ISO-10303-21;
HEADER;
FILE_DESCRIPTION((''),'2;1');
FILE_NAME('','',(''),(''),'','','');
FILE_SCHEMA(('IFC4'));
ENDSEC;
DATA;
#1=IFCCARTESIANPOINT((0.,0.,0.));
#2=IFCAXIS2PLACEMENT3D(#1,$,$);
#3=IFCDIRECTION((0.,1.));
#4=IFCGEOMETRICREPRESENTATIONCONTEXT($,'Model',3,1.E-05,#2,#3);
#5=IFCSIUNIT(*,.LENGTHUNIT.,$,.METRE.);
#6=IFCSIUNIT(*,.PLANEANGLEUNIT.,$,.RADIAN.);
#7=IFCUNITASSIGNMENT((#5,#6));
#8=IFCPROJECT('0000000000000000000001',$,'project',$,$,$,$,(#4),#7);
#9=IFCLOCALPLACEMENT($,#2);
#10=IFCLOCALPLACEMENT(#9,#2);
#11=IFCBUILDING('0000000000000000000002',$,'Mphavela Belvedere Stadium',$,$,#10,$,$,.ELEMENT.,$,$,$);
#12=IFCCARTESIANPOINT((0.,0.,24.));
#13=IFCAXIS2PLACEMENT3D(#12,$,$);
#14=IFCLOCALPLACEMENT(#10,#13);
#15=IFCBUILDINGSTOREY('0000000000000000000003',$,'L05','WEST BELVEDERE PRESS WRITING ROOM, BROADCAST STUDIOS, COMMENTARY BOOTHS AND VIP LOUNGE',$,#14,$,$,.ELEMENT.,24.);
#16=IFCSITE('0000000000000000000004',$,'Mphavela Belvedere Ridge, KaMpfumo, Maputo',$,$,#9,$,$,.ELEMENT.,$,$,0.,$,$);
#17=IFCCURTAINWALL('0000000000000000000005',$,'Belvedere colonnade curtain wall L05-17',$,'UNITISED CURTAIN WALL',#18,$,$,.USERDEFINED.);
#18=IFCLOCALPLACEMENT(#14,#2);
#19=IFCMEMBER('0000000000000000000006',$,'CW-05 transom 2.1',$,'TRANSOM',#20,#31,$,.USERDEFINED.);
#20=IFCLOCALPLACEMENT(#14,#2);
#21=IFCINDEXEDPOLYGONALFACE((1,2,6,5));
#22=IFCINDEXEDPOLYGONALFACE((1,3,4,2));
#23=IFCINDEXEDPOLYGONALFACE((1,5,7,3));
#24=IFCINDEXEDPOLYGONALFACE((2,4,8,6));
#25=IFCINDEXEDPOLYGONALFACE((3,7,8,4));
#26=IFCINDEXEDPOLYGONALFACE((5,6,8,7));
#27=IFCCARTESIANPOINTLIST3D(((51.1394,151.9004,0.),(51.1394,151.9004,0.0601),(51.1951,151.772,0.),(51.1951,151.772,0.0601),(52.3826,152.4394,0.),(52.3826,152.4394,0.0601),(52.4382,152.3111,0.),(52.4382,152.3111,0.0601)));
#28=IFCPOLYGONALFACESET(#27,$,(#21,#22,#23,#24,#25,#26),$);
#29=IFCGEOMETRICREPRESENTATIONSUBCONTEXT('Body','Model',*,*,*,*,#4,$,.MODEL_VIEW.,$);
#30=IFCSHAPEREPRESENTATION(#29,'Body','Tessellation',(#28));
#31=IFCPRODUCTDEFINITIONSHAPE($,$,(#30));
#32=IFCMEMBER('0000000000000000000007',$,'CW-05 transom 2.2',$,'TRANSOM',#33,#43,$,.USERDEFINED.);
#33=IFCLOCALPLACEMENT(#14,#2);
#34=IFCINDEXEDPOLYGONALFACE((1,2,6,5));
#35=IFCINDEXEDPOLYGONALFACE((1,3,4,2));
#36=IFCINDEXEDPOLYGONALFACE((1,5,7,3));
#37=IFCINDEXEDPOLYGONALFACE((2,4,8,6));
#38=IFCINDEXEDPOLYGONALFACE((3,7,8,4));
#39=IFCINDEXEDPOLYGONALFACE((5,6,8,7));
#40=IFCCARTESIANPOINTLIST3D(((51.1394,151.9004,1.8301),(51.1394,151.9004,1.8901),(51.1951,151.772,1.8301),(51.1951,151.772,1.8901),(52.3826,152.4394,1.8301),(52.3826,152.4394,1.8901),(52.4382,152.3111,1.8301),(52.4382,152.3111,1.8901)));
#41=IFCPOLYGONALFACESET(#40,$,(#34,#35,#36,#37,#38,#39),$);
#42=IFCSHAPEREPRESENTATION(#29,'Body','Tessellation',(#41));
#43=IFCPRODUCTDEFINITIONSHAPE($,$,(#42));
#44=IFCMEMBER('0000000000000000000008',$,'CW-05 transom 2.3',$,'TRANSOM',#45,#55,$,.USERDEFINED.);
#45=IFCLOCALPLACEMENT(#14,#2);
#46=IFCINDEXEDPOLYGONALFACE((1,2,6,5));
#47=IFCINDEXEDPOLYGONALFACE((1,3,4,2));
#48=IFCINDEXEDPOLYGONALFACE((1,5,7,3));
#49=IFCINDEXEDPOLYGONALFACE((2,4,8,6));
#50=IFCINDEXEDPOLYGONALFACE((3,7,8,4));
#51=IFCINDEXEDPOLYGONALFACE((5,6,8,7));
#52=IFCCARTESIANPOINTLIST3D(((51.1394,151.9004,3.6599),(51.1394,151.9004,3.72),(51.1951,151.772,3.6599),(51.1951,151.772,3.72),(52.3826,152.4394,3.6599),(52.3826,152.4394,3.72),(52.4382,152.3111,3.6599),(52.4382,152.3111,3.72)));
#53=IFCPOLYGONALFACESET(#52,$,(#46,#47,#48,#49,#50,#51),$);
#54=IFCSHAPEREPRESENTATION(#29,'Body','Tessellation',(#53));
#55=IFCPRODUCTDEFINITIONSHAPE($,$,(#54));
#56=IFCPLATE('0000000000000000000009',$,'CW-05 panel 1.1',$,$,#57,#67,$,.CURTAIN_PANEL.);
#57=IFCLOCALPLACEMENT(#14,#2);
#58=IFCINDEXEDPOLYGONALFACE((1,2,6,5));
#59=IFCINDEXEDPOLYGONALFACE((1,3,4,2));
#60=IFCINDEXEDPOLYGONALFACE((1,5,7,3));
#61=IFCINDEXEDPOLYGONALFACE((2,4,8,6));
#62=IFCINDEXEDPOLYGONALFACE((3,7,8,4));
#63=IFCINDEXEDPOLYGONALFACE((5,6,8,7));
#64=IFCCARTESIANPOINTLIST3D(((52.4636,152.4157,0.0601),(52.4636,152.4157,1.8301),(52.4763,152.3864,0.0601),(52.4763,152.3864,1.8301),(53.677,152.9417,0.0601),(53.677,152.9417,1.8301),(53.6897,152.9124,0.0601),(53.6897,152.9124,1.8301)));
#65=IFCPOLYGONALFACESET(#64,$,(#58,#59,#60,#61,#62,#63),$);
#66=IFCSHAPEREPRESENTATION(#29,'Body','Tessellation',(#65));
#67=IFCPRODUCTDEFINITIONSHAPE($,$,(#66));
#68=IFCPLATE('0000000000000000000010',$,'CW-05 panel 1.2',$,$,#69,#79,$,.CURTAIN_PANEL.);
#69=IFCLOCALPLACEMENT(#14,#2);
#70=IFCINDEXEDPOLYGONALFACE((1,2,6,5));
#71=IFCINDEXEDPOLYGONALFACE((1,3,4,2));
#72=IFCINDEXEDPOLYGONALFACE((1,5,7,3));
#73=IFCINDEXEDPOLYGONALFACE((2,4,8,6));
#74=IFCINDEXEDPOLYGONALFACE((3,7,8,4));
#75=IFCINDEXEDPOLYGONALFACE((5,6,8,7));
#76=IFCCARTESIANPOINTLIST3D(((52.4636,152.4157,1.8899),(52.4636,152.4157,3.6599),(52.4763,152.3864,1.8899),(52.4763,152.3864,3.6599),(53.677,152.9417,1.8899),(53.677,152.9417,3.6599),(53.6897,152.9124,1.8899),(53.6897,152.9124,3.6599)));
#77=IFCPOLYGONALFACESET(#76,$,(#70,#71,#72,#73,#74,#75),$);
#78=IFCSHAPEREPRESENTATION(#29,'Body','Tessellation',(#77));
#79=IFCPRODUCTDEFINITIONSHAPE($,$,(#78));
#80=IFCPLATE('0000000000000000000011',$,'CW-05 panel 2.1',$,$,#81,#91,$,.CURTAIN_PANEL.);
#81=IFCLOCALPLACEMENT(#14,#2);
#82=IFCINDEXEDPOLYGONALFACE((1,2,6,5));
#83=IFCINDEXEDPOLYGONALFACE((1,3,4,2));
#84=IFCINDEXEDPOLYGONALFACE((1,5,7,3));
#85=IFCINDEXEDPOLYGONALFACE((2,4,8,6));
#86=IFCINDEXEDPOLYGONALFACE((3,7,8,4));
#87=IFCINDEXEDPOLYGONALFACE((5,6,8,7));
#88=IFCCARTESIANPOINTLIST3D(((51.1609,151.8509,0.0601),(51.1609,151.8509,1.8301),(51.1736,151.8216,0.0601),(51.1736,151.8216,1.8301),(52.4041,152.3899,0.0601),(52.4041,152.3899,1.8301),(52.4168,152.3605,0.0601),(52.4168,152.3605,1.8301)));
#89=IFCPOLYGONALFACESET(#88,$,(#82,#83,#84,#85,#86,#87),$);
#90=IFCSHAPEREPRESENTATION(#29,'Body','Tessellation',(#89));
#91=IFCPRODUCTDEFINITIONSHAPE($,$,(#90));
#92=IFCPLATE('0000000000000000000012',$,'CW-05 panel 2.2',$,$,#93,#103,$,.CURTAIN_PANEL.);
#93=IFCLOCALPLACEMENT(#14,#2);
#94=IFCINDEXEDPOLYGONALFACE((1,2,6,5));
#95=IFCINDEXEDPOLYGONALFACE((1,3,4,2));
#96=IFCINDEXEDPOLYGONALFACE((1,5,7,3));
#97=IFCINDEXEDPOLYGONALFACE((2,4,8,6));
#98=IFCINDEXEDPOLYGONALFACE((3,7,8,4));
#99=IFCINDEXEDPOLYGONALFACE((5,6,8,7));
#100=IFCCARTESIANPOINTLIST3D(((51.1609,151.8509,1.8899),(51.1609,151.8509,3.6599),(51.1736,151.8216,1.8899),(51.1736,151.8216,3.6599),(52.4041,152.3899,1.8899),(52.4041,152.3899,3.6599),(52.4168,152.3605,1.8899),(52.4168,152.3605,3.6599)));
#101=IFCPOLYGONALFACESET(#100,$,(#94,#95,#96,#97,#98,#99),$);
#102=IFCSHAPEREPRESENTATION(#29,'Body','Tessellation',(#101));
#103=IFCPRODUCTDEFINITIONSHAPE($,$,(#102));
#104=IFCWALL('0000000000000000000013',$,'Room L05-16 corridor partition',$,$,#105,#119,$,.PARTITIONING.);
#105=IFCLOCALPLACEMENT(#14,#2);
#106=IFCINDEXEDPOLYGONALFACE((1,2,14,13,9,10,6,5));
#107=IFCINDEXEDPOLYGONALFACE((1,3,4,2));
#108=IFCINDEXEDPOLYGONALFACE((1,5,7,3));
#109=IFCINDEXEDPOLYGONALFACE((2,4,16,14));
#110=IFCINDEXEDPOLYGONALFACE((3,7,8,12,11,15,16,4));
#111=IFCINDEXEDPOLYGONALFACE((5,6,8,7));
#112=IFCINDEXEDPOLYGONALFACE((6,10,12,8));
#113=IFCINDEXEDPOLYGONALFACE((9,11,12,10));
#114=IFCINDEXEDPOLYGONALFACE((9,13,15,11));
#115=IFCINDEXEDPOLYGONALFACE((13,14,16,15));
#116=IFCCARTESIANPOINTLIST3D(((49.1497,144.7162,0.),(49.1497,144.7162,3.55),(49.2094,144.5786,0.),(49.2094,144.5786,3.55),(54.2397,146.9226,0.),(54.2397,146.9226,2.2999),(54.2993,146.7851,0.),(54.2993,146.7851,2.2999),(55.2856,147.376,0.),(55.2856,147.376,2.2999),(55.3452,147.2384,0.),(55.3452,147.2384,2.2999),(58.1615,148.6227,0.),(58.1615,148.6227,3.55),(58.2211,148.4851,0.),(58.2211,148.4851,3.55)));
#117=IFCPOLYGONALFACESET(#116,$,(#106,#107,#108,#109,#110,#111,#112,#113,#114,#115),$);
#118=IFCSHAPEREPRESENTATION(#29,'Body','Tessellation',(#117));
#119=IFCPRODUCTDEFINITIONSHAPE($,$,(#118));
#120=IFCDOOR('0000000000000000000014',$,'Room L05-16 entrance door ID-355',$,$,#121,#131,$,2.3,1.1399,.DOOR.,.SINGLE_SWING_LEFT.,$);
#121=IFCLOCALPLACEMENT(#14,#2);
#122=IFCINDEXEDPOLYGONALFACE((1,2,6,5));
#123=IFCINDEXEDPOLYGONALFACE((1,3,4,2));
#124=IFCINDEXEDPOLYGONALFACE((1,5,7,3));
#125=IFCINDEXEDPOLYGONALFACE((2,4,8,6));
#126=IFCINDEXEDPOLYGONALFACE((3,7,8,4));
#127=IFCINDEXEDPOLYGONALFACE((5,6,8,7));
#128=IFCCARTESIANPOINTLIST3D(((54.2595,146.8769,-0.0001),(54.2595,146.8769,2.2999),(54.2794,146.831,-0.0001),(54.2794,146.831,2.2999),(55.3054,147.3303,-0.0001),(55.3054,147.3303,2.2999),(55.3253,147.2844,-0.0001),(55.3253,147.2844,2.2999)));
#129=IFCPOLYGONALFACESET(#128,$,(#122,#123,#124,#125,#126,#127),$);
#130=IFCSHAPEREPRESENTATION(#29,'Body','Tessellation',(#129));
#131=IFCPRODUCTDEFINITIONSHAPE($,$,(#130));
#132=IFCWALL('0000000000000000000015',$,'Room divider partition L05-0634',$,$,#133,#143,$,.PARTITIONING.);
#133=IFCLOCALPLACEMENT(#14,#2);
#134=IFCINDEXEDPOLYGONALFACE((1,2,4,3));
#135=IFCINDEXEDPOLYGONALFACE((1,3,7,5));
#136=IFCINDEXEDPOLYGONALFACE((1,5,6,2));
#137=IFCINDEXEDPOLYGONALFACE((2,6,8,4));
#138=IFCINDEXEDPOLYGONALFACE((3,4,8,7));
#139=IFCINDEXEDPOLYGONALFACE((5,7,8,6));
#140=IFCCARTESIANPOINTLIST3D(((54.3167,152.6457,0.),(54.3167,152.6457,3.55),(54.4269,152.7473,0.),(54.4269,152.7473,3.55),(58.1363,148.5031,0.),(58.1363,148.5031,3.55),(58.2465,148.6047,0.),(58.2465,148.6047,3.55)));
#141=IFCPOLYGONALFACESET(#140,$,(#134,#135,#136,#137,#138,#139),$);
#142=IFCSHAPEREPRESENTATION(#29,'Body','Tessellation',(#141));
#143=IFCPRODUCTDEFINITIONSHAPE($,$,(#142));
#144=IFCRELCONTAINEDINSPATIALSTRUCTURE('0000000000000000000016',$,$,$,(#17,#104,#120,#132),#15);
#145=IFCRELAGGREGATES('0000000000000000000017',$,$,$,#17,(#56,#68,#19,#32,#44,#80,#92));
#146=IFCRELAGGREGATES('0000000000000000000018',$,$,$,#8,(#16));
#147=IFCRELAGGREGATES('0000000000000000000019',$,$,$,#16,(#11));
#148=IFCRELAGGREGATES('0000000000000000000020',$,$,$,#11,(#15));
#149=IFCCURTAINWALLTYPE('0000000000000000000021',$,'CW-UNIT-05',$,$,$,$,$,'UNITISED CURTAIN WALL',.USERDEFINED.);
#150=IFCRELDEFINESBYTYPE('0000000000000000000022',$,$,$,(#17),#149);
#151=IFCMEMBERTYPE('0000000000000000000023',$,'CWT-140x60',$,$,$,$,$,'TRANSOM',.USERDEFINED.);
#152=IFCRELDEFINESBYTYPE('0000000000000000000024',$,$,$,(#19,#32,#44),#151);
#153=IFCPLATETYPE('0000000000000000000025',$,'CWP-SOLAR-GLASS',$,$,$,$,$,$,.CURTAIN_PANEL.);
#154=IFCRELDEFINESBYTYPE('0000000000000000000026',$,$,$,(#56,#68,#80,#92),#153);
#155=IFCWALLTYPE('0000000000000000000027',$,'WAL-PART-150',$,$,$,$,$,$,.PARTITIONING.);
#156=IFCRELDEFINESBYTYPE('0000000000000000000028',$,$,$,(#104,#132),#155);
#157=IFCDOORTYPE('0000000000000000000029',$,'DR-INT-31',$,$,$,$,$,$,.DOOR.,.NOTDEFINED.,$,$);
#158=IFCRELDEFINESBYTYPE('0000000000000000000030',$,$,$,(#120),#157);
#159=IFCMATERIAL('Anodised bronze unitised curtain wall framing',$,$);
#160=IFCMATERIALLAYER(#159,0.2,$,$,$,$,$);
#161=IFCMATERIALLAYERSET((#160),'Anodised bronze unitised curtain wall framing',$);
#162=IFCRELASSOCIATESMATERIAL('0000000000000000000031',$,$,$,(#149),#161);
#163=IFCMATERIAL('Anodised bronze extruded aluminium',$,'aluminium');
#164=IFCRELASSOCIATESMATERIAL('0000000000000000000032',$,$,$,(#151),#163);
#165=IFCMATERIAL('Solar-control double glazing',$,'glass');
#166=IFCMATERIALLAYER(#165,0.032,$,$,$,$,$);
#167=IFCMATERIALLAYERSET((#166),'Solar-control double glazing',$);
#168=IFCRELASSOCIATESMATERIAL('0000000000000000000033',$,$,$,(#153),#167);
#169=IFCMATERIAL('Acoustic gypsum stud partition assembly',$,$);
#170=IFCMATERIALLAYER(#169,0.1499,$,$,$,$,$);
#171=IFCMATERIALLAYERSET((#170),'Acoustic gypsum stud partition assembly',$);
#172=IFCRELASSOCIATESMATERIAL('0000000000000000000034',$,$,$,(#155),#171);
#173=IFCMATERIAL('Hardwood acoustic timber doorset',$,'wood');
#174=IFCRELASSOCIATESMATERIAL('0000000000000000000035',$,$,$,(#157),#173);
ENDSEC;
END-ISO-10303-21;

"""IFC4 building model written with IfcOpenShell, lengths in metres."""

from ifc_helpers import new_model, si_unit, direction, frame, frame_2d, origin, origin_2d, place, context, subcontext, project, spatial, rectangle, extrude, material, layer, layer_set, material_profile, profile_set, type_object, element, fill, aggregate, save


model = new_model("IFC4")

# Units and contexts
model_context = context("Model", 3, precision=1e-05, world=origin(), true_north=direction((0.0, 1.0)))
body_context = subcontext(model_context, "Body", "Model", "MODEL_VIEW")
ifc_project = project(units=[si_unit("LENGTHUNIT", "METRE"), si_unit("PLANEANGLEUNIT", "RADIAN")], contexts=[model_context])

# Site, building, storey
site_placement = place(None, origin())
site = spatial("IfcSite", under=ifc_project, at=site_placement, Name="Mphavela Belvedere Ridge, KaMpfumo, Maputo", CompositionType="ELEMENT", RefElevation=0.0)
building_placement = place(site_placement, origin())
building = spatial("IfcBuilding", under=site, at=building_placement, Name="Mphavela Belvedere Stadium", CompositionType="ELEMENT")
storey_placement = place(building_placement, frame((0.0, 0.0, 24.0)))
storey = spatial("IfcBuildingStorey", under=building, at=storey_placement, Name="L05", Description="WEST BELVEDERE PRESS WRITING ROOM, BROADCAST STUDIOS, COMMENTARY BOOTHS AND VIP LOUNGE", CompositionType="ELEMENT", Elevation=24.0)

# Curtain wall, members, plates
ifc_material_1 = material(Name="Anodised bronze unitised curtain wall framing")
ifc_layer_1 = layer(ifc_material_1, 0.2)
ifc_layer_set_1 = layer_set([ifc_layer_1], Name="Anodised bronze unitised curtain wall framing")
curtain_wall_type = type_object("IfcCurtainWallType", Name="CW-UNIT-05", ElementType="UNITISED CURTAIN WALL", PredefinedType="USERDEFINED", material=ifc_layer_set_1)
curtain_wall_placement = place(storey_placement, origin())
curtain_wall = element("IfcCurtainWall", 1, at=curtain_wall_placement, inside=storey, type_object=curtain_wall_type, Name="Belvedere colonnade curtain wall L05-17", ObjectType="UNITISED CURTAIN WALL", PredefinedType="USERDEFINED")
ifc_material_2 = material(Name="Anodised bronze extruded aluminium", Category="aluminium")
ifc_material_profile_1 = material_profile(ifc_material_2, rectangle(XDim=0.1399, YDim=0.0601, at=origin_2d()), Name="CW-TRN 140x60")
ifc_profile_set_1 = profile_set([ifc_material_profile_1], Name="Anodised bronze extruded aluminium")
member_type_1 = type_object("IfcMemberType", Name="CWT-140x60", ElementType="TRANSOM", PredefinedType="USERDEFINED", material=ifc_profile_set_1)
member_1_placement = place(storey_placement, frame((52.4104, 152.3752, 0.03), z_axis=(-0.917459, -0.39783, 0.0), x_axis=(0.39783, -0.917459, 0.0)))
member_1 = element("IfcMember", 2, at=member_1_placement, type_object=member_type_1, Name="CW-05 transom 2.1", ObjectType="TRANSOM", PredefinedType="USERDEFINED", context=body_context, shape_type="SweptSolid", body=[
    extrude(rectangle(XDim=0.1399, YDim=0.0601, at=origin_2d()), origin(), (0.0, 0.0, 1.0), 1.355),
])
member_2_placement = place(storey_placement, frame((52.4104, 152.3752, 1.8601), z_axis=(-0.917459, -0.39783, 0.0), x_axis=(0.39783, -0.917459, 0.0)))
member_2 = element("IfcMember", 3, at=member_2_placement, type_object=member_type_1, Name="CW-05 transom 2.2", ObjectType="TRANSOM", PredefinedType="USERDEFINED", context=body_context, shape_type="SweptSolid", body=[
    extrude(rectangle(XDim=0.1399, YDim=0.0601, at=origin_2d()), origin(), (0.0, 0.0, 1.0), 1.355),
])
member_3_placement = place(storey_placement, frame((52.4104, 152.3752, 3.6899), z_axis=(-0.917459, -0.39783, 0.0), x_axis=(0.39783, -0.917459, 0.0)))
member_3 = element("IfcMember", 4, at=member_3_placement, type_object=member_type_1, Name="CW-05 transom 2.3", ObjectType="TRANSOM", PredefinedType="USERDEFINED", context=body_context, shape_type="SweptSolid", body=[
    extrude(rectangle(XDim=0.1399, YDim=0.0601, at=origin_2d()), origin(), (0.0, 0.0, 1.0), 1.355),
])
ifc_material_3 = material(Name="Solar-control double glazing", Category="glass")
ifc_layer_2 = layer(ifc_material_3, 0.032)
ifc_layer_set_2 = layer_set([ifc_layer_2], Name="Solar-control double glazing")
plate_type = type_object("IfcPlateType", Name="CWP-SOLAR-GLASS", PredefinedType="CURTAIN_PANEL", material=ifc_layer_set_2)
plate_1_placement = place(storey_placement, frame((53.0767, 152.6641, 0.0601), z_axis=(0.0, 0.0, 1.0), x_axis=(-0.917497, -0.397743, 0.0)))
plate_1 = element("IfcPlate", 5, at=plate_1_placement, type_object=plate_type, Name="CW-05 panel 1.1", PredefinedType="CURTAIN_PANEL", context=body_context, shape_type="SweptSolid", body=[
    extrude(rectangle(XDim=1.3225, YDim=0.032, at=origin_2d()), origin(), (0.0, 0.0, 1.0), 1.77),
])
plate_2_placement = place(storey_placement, frame((53.0767, 152.6641, 1.8899), z_axis=(0.0, 0.0, 1.0), x_axis=(-0.917497, -0.397743, 0.0)))
plate_2 = element("IfcPlate", 6, at=plate_2_placement, type_object=plate_type, Name="CW-05 panel 1.2", PredefinedType="CURTAIN_PANEL", context=body_context, shape_type="SweptSolid", body=[
    extrude(rectangle(XDim=1.3225, YDim=0.032, at=origin_2d()), origin(), (0.0, 0.0, 1.0), 1.77),
])
plate_3_placement = place(storey_placement, frame((51.7888, 152.1057, 0.0601), z_axis=(0.0, 0.0, 1.0), x_axis=(-0.917497, -0.397743, 0.0)))
plate_3 = element("IfcPlate", 7, at=plate_3_placement, type_object=plate_type, Name="CW-05 panel 2.1", PredefinedType="CURTAIN_PANEL", context=body_context, shape_type="SweptSolid", body=[
    extrude(rectangle(XDim=1.355, YDim=0.032, at=origin_2d()), origin(), (0.0, 0.0, 1.0), 1.77),
])
plate_4_placement = place(storey_placement, frame((51.7888, 152.1057, 1.8899), z_axis=(0.0, 0.0, 1.0), x_axis=(-0.917497, -0.397743, 0.0)))
plate_4 = element("IfcPlate", 8, at=plate_4_placement, type_object=plate_type, Name="CW-05 panel 2.2", PredefinedType="CURTAIN_PANEL", context=body_context, shape_type="SweptSolid", body=[
    extrude(rectangle(XDim=1.355, YDim=0.032, at=origin_2d()), origin(), (0.0, 0.0, 1.0), 1.77),
])
aggregate(curtain_wall, [plate_1, plate_2, member_1, member_2, member_3, plate_3, plate_4])

# Wall, opening, door
ifc_material_4 = material(Name="Acoustic gypsum stud partition assembly")
ifc_layer_3 = layer(ifc_material_4, 0.1499)
ifc_layer_set_3 = layer_set([ifc_layer_3], Name="Acoustic gypsum stud partition assembly")
wall_type = type_object("IfcWallType", Name="WAL-PART-150", PredefinedType="PARTITIONING", material=ifc_layer_set_3)
wall_1_placement = place(storey_placement, frame((58.1914, 148.554, 0.0), z_axis=(0.0, 0.0, 1.0), x_axis=(-0.917503, -0.397729, 0.0)))
wall_1 = element("IfcWall", 9, at=wall_1_placement, inside=storey, type_object=wall_type, Name="Room L05-16 corridor partition", PredefinedType="PARTITIONING", context=body_context, shape_type="SweptSolid", body=[
    extrude(rectangle(XDim=9.822, YDim=0.1499, at=frame_2d((4.9111, 0.0))), origin(), (0.0, 0.0, 1.0), 3.55),
])
opening_placement = place(wall_1_placement, frame((3.1348, 0.0, 0.0)))
opening = element("IfcOpeningElement", 10, at=opening_placement, cuts=wall_1, PredefinedType="OPENING", context=body_context, shape_type="SweptSolid", body=[
    extrude(rectangle(XDim=1.1399, YDim=2.3, at=frame_2d((0.5698, 1.1499))), frame((0.0, 0.085, 0.0), z_axis=(0.0, -1.0, 0.0), x_axis=(1.0, 0.0, 0.0)), (0.0, 0.0, 1.0), 0.1699),
])
ifc_material_5 = material(Name="Hardwood acoustic timber doorset", Category="wood")
door_type = type_object("IfcDoorType", Name="DR-INT-31", OperationType="NOTDEFINED", PredefinedType="DOOR", material=ifc_material_5)
door_placement = place(opening_placement, origin())
door = element("IfcDoor", 11, at=door_placement, inside=storey, type_object=door_type, Name="Room L05-16 entrance door ID-355", OperationType="SINGLE_SWING_LEFT", OverallHeight=2.3, OverallWidth=1.1399, PredefinedType="DOOR", context=body_context, shape_type="SweptSolid", body=[
    extrude(rectangle(XDim=1.1399, YDim=2.3, at=frame_2d((0.5698, 1.1499))), frame((0.0, 0.0249, 0.0), z_axis=(0.0, -1.0, 0.0), x_axis=(1.0, 0.0, 0.0)), (0.0, 0.0, 1.0), 0.05),
])
fill(opening, door)

# Wall
wall_2_placement = place(storey_placement, frame((54.3718, 152.6965, 0.0), z_axis=(0.0, 0.0, 1.0), x_axis=(0.677864, -0.735187, 0.0)))
element("IfcWall", 12, at=wall_2_placement, inside=storey, type_object=wall_type, Name="Room divider partition L05-0634", PredefinedType="PARTITIONING", context=body_context, shape_type="SweptSolid", body=[
    extrude(rectangle(XDim=5.6348, YDim=0.1499, at=frame_2d((2.8174, 0.0))), origin(), (0.0, 0.0, 1.0), 3.55),
])

save(model, "model.ifc")
